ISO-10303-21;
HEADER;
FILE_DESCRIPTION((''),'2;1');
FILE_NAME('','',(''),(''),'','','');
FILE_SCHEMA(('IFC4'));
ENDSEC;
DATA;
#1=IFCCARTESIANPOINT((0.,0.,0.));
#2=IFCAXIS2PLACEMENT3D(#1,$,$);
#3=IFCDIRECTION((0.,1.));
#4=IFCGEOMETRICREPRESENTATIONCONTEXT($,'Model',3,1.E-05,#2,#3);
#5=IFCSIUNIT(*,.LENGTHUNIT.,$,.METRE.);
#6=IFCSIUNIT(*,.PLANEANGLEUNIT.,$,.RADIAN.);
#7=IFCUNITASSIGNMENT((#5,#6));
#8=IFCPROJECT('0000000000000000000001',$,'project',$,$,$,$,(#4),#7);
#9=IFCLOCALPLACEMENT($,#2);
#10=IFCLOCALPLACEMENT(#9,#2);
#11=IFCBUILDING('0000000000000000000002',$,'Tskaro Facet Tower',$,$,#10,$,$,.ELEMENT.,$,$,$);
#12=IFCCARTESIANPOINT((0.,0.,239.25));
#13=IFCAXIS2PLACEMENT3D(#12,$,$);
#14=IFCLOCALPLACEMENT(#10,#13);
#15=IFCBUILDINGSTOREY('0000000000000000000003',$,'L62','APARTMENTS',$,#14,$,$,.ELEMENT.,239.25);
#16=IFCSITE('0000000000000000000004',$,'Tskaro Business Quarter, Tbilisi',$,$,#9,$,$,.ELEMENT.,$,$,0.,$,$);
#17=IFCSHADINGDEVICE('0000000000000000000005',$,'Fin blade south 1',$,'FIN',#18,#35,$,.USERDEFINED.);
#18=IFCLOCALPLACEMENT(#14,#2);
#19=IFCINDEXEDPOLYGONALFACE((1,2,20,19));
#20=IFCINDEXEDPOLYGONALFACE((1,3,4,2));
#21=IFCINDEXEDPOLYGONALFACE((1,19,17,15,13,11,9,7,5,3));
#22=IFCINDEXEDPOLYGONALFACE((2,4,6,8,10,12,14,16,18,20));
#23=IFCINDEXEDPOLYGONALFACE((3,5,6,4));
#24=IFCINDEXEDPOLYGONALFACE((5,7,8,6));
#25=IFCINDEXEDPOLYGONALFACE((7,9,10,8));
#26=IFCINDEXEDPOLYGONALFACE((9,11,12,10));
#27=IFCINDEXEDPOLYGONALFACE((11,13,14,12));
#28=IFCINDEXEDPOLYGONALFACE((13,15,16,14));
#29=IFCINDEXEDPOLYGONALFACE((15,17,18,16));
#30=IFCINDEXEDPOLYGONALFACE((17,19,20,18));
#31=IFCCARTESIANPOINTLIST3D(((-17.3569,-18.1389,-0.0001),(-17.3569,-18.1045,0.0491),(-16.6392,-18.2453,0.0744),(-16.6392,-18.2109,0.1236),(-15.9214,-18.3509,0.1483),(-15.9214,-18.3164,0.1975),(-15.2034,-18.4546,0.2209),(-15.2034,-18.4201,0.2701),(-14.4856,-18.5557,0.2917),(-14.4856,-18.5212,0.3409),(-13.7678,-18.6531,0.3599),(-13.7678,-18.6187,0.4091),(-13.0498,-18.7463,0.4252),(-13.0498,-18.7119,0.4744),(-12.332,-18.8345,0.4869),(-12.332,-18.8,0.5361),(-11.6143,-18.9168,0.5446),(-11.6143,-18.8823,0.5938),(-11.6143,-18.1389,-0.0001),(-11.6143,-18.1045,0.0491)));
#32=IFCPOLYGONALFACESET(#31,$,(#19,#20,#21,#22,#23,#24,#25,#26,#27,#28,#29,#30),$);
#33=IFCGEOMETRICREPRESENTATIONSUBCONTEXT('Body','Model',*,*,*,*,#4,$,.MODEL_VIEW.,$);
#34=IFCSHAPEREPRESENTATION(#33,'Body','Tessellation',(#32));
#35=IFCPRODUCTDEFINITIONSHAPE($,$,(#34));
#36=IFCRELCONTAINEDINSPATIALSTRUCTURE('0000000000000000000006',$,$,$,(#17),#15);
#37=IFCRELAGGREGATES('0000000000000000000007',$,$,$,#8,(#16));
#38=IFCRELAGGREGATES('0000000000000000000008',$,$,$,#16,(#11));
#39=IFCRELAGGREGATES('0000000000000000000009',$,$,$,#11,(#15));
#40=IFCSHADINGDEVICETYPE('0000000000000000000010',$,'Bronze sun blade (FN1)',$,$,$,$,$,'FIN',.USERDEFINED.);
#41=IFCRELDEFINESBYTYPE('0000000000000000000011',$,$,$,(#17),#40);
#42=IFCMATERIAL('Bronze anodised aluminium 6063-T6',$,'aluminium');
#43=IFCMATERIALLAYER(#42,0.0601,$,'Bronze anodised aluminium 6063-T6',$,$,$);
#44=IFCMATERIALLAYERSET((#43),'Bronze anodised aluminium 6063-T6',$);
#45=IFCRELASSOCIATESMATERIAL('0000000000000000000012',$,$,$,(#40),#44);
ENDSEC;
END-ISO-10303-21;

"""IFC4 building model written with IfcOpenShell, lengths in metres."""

from ifc_helpers import new_model, si_unit, direction, frame, origin, place, context, subcontext, project, spatial, polyline, outline, extrude, material, layer, layer_set, type_object, element, save


model = new_model("IFC4")

# Units and contexts
model_context = context("Model", 3, precision=1e-05, world=origin(), true_north=direction((0.0, 1.0)))
body_context = subcontext(model_context, "Body", "Model", "MODEL_VIEW")
ifc_project = project(units=[si_unit("LENGTHUNIT", "METRE"), si_unit("PLANEANGLEUNIT", "RADIAN")], contexts=[model_context])

# Site, building, storey
site_placement = place(None, origin())
site = spatial("IfcSite", under=ifc_project, at=site_placement, Name="Tskaro Business Quarter, Tbilisi", CompositionType="ELEMENT", RefElevation=0.0)
building_placement = place(site_placement, origin())
building = spatial("IfcBuilding", under=site, at=building_placement, Name="Tskaro Facet Tower", CompositionType="ELEMENT")
storey_placement = place(building_placement, frame((0.0, 0.0, 239.25)))
storey = spatial("IfcBuildingStorey", under=building, at=storey_placement, Name="L62", Description="APARTMENTS", CompositionType="ELEMENT", Elevation=239.25)

# Shared definitions
ifc_material_1 = material(Name="Bronze anodised aluminium 6063-T6", Category="aluminium")

# Shading device
ifc_layer_1 = layer(ifc_material_1, 0.0601, Name="Bronze anodised aluminium 6063-T6")
ifc_layer_set_1 = layer_set([ifc_layer_1], Name="Bronze anodised aluminium 6063-T6")
shading_device_type = type_object("IfcShadingDeviceType", Name="Bronze sun blade (FN1)", ElementType="FIN", PredefinedType="USERDEFINED", material=ifc_layer_set_1)
shading_device_placement = place(storey_placement, frame((-17.3569, -18.1045, 0.0491), z_axis=(-0.000007, 0.573565, 0.81916), x_axis=(1.0, 0.000004, 0.000006)))
element("IfcShadingDevice", 1, at=shading_device_placement, inside=storey, type_object=shading_device_type, Name="Fin blade south 1", ObjectType="FIN", PredefinedType="USERDEFINED", context=body_context, shape_type="SweptSolid", body=[
    extrude(outline(polyline([(0.0, 0.0), (5.7427, 0.0), (5.7427, -0.9496), (5.0249, -0.8491), (4.3071, -0.7415), (3.5891, -0.6277), (2.8713, -0.5087), (2.1536, -0.3853), (1.4355, -0.2587), (0.7178, -0.1299), (0.0, 0.0)])), origin(), (0.0, 0.0, -1.0), 0.0601),
])

save(model, "model.ifc")
